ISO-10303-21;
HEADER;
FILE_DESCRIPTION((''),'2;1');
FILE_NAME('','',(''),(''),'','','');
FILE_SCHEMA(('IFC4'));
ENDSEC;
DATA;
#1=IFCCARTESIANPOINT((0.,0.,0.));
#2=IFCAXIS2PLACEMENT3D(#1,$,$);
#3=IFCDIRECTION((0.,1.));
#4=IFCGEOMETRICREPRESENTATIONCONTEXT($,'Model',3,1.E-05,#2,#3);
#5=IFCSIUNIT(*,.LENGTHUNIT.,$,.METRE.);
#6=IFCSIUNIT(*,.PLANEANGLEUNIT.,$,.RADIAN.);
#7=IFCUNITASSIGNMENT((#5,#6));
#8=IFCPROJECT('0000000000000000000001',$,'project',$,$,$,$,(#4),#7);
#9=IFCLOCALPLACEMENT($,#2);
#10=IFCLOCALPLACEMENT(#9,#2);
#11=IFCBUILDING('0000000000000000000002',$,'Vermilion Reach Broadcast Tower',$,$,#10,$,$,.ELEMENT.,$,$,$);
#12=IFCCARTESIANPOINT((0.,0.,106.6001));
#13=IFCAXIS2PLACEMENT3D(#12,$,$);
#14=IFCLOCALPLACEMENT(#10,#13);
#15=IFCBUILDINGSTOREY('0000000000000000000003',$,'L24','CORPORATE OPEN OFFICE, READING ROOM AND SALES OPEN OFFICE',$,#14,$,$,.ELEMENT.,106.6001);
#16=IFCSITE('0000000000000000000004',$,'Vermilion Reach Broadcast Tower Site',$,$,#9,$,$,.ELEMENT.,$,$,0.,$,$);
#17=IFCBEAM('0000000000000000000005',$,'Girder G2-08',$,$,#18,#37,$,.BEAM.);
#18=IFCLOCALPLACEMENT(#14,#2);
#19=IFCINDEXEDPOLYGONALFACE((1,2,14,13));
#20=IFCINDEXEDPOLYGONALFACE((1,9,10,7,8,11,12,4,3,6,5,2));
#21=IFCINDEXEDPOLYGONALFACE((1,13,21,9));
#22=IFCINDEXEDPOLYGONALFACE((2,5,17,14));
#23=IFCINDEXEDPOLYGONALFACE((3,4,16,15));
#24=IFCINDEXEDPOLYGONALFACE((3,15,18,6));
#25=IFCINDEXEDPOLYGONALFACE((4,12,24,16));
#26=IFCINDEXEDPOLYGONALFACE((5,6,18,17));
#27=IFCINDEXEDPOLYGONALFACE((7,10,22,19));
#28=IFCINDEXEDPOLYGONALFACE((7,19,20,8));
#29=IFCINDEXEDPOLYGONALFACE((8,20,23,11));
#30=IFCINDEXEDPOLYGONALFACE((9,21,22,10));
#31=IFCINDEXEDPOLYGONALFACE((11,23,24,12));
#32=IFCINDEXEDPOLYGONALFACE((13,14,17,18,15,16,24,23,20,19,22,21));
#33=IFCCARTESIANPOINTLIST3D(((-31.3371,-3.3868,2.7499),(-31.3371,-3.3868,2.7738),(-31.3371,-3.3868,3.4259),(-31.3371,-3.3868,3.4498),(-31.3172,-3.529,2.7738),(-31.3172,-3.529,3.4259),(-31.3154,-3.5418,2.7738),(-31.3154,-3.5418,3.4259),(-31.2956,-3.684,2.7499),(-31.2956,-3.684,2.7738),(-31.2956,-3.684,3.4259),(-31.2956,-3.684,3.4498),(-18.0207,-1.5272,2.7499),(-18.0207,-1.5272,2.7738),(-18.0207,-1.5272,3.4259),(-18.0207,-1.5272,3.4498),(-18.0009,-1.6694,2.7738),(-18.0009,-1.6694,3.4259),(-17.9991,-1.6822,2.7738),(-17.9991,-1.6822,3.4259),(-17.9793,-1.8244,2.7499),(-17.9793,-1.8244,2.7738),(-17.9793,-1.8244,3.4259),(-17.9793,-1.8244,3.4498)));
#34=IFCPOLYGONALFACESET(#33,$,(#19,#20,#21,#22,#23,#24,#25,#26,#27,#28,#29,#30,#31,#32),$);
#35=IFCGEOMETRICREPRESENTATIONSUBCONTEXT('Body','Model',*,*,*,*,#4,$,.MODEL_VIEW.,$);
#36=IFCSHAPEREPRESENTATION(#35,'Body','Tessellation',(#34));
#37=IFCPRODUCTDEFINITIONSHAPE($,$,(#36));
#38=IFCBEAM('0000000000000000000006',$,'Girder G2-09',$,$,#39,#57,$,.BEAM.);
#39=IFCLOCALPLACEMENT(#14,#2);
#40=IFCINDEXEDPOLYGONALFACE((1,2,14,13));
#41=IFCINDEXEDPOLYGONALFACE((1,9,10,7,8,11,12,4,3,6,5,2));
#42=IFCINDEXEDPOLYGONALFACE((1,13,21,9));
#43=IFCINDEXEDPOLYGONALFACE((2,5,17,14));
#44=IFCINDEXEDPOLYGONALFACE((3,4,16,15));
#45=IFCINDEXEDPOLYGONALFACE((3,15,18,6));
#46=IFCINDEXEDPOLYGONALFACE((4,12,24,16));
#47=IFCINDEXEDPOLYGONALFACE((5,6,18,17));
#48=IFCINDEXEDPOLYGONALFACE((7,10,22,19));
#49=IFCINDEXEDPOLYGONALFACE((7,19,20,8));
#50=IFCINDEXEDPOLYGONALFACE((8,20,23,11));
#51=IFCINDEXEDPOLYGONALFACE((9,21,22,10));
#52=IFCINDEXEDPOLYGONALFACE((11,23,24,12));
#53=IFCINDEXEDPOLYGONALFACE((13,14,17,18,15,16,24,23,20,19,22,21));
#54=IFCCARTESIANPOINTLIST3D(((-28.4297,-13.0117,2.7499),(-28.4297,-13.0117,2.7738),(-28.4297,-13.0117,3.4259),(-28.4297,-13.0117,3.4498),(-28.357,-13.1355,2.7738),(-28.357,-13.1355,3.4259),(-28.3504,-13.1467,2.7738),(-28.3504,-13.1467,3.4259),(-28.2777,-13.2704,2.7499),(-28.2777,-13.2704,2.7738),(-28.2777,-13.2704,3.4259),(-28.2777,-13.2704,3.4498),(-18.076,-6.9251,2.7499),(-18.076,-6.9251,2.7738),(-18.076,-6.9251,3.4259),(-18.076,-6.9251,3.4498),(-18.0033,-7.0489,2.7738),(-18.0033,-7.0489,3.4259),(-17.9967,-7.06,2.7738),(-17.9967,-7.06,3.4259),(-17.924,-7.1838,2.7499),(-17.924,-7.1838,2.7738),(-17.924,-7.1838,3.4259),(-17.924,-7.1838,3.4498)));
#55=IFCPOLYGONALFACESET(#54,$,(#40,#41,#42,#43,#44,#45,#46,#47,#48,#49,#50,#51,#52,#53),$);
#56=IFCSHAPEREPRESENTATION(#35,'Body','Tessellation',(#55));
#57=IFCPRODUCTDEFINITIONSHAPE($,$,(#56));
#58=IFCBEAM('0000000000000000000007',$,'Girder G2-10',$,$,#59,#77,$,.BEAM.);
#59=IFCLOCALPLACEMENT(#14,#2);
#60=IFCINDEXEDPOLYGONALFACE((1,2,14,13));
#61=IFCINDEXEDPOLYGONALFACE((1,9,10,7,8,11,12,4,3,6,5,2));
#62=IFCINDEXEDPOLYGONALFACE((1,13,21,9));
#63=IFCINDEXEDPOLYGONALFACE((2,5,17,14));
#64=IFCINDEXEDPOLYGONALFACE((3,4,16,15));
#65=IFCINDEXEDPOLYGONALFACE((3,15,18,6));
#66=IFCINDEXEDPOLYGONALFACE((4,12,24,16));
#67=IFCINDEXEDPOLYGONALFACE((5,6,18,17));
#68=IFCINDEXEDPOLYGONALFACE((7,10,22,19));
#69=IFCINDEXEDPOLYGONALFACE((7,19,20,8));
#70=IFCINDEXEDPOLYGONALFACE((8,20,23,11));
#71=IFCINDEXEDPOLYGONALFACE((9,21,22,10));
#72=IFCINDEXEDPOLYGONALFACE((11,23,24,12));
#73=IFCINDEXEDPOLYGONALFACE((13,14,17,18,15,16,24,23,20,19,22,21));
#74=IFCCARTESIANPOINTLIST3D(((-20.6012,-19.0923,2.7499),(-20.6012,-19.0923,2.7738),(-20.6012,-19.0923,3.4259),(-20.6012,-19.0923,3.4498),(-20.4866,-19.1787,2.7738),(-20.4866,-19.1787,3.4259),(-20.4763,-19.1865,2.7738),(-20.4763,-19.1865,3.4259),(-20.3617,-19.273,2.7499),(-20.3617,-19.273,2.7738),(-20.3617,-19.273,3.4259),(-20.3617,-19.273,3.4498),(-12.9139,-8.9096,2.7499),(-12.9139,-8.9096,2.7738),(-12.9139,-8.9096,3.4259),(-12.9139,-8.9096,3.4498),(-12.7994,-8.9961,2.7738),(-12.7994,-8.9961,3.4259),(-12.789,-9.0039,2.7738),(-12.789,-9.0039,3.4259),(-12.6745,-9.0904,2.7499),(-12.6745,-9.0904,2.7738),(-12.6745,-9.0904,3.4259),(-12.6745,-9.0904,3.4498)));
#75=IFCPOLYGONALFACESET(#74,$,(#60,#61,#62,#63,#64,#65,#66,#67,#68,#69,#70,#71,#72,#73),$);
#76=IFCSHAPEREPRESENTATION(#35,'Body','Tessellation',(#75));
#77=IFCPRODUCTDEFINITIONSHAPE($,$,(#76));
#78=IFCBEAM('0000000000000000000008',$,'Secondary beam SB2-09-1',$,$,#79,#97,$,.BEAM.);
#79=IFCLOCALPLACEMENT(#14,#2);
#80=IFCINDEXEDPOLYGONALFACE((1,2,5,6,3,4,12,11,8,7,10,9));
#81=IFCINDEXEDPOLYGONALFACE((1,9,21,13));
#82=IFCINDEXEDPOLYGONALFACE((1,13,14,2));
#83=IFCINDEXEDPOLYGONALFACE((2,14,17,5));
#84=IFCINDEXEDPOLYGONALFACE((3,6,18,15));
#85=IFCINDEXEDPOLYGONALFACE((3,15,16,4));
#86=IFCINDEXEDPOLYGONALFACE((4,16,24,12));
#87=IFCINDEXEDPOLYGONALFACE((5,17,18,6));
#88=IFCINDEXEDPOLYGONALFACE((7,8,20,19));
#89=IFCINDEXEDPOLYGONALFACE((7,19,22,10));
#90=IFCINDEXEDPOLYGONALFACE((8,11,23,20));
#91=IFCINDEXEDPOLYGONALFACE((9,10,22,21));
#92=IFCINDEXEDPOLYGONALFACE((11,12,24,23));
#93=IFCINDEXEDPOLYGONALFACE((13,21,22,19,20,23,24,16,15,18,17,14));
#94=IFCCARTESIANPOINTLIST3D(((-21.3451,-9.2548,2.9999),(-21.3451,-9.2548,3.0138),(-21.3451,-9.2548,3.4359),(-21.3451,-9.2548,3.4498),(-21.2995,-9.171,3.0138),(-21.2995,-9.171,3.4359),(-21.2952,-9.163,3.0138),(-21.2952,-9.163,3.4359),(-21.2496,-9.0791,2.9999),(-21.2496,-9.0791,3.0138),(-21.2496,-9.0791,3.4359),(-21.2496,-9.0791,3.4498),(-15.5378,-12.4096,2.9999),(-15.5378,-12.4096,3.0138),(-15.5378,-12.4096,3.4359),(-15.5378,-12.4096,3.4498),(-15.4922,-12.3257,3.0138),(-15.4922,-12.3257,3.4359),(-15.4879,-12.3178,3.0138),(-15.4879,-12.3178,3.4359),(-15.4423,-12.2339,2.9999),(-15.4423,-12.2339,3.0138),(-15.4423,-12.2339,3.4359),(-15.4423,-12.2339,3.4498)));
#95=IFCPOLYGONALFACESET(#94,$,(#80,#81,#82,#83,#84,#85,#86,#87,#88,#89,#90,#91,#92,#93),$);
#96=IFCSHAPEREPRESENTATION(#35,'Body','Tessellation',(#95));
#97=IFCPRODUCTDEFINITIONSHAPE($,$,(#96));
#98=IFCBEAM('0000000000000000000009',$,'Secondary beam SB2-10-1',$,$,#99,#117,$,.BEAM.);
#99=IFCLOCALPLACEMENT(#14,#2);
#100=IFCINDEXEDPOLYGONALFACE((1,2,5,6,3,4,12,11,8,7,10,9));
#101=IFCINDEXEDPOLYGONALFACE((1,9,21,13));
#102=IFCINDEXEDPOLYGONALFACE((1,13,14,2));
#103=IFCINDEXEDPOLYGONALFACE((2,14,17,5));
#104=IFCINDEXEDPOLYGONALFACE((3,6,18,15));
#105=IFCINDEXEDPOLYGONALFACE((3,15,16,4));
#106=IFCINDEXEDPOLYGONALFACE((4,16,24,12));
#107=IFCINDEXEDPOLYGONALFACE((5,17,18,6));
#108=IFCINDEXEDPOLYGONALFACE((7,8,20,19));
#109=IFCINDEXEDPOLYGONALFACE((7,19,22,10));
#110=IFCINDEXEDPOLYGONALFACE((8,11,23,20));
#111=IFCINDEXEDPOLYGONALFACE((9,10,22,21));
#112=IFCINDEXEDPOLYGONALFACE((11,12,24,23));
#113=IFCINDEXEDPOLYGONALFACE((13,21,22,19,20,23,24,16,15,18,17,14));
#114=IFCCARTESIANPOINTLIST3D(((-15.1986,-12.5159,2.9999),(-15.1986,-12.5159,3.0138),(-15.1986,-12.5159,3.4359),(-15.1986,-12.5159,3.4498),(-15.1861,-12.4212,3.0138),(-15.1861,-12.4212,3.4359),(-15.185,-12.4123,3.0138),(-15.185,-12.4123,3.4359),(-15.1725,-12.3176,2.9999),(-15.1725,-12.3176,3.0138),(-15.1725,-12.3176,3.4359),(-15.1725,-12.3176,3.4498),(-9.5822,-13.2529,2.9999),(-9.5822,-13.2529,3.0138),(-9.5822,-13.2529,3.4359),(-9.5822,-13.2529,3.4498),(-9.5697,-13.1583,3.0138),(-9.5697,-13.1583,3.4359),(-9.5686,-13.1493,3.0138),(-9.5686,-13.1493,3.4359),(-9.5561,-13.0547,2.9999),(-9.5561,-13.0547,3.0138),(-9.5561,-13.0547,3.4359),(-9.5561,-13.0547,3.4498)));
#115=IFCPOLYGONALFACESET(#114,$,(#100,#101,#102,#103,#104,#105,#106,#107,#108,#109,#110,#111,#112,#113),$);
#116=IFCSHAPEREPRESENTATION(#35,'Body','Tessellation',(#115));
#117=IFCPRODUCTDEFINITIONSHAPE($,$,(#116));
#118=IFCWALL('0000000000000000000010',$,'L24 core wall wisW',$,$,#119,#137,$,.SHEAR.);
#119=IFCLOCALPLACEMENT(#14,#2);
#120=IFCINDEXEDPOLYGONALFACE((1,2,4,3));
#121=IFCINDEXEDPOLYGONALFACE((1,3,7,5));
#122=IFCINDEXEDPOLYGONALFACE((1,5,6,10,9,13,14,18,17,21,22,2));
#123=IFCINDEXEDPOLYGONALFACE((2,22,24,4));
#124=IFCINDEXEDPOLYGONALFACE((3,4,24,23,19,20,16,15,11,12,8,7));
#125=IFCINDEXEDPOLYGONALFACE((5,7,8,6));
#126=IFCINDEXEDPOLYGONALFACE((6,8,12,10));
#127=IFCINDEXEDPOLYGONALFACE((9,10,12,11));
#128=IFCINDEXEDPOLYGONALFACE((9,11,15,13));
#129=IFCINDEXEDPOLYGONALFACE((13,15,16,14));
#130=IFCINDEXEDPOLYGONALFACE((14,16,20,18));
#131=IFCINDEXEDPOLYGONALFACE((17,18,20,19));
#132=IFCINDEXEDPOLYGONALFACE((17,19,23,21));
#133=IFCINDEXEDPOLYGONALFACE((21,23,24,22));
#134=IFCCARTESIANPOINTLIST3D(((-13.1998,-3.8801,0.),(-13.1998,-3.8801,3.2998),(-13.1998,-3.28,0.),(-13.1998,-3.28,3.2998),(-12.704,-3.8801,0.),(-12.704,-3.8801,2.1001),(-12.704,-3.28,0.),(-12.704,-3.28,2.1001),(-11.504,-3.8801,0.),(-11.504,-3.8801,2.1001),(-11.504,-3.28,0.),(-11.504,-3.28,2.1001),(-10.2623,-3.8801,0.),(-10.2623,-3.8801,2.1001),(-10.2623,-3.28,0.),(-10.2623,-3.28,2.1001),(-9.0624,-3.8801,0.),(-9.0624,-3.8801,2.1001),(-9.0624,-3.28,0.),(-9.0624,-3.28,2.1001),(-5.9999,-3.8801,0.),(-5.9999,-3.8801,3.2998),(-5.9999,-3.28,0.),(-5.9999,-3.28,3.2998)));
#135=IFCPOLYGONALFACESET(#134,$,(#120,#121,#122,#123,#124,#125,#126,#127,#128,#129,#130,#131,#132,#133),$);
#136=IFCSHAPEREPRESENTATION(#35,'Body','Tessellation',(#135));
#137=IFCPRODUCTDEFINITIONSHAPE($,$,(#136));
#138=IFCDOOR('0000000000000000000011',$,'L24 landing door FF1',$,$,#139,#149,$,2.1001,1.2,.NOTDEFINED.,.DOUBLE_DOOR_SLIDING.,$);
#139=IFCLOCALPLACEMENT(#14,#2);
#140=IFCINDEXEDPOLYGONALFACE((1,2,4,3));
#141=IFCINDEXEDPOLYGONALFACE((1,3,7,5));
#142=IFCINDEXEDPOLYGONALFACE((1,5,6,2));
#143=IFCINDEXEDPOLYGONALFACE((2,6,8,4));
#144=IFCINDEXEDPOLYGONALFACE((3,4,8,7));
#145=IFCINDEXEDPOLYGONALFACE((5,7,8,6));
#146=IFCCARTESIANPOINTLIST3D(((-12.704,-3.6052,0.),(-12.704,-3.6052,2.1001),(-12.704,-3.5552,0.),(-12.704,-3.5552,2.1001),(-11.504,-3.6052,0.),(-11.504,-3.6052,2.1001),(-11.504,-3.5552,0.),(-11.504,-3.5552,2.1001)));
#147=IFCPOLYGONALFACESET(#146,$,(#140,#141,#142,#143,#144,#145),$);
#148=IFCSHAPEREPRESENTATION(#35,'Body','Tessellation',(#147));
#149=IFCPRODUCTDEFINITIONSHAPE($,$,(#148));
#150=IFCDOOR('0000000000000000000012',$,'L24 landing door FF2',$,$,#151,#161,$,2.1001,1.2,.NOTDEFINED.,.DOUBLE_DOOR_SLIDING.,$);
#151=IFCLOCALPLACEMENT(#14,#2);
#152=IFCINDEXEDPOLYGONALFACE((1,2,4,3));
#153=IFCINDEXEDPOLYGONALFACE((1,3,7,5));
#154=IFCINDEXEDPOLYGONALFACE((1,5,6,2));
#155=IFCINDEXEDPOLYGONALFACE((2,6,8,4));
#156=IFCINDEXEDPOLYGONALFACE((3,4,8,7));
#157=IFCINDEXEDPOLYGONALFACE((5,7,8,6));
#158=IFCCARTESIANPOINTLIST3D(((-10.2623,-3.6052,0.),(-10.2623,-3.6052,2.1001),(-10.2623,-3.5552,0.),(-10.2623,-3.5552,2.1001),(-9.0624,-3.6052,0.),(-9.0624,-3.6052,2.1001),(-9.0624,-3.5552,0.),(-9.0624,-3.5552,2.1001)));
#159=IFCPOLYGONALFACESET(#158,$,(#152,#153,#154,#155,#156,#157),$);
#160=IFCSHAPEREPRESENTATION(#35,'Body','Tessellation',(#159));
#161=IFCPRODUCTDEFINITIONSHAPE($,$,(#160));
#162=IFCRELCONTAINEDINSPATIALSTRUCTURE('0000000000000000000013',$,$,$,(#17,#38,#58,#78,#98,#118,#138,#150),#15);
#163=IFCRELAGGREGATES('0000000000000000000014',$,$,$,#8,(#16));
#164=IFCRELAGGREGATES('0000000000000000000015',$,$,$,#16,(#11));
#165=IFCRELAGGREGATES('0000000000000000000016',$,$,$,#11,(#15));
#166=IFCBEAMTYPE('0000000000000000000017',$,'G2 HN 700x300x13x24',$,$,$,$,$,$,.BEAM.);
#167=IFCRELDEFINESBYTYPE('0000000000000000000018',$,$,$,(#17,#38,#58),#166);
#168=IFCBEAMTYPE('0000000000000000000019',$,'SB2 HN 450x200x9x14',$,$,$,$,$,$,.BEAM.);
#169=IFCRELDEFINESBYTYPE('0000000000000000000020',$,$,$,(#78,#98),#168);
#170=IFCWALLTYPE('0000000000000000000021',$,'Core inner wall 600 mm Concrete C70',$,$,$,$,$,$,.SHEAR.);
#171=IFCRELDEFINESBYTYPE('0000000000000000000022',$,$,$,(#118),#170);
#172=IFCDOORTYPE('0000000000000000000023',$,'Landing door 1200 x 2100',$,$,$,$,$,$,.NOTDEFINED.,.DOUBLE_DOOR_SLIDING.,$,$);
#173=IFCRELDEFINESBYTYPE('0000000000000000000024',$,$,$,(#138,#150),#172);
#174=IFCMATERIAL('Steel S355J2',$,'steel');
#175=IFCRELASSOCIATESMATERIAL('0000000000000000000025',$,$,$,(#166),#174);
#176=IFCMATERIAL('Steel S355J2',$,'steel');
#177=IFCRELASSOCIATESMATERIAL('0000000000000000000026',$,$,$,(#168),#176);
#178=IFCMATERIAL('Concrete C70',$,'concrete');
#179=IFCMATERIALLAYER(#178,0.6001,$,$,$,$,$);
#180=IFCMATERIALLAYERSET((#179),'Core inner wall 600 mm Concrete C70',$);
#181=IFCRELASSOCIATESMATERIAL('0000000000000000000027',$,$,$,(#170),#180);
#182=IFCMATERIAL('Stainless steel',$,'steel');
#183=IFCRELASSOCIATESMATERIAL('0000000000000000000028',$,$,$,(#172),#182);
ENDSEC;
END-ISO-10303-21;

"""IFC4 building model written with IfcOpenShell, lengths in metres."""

from ifc_helpers import new_model, si_unit, direction, frame, frame_2d, origin, origin_2d, place, context, subcontext, project, spatial, rectangle, i_section, extrude, material, layer, layer_set, material_profile, profile_set, type_object, element, fill, save


model = new_model("IFC4")

# Units and contexts
model_context = context("Model", 3, precision=1e-05, world=origin(), true_north=direction((0.0, 1.0)))
body_context = subcontext(model_context, "Body", "Model", "MODEL_VIEW")
ifc_project = project(units=[si_unit("LENGTHUNIT", "METRE"), si_unit("PLANEANGLEUNIT", "RADIAN")], contexts=[model_context])

# Site, building, storey
site_placement = place(None, origin())
site = spatial("IfcSite", under=ifc_project, at=site_placement, Name="Vermilion Reach Broadcast Tower Site", CompositionType="ELEMENT", RefElevation=0.0)
building_placement = place(site_placement, origin())
building = spatial("IfcBuilding", under=site, at=building_placement, Name="Vermilion Reach Broadcast Tower", CompositionType="ELEMENT")
storey_placement = place(building_placement, frame((0.0, 0.0, 106.6001)))
storey = spatial("IfcBuildingStorey", under=building, at=storey_placement, Name="L24", Description="CORPORATE OPEN OFFICE, READING ROOM AND SALES OPEN OFFICE", CompositionType="ELEMENT", Elevation=106.6001)

# Beams
ifc_material_1 = material(Name="Steel S355J2", Category="steel")
ifc_material_profile_1 = material_profile(ifc_material_1, i_section(OverallWidth=0.3, OverallDepth=0.7, WebThickness=0.0129, FlangeThickness=0.0239, at=origin_2d()), Name="S355J2 HN 700x300x13x24")
ifc_profile_set_1 = profile_set([ifc_material_profile_1], Name="Steel S355J2")
beam_type_1 = type_object("IfcBeamType", Name="G2 HN 700x300x13x24", PredefinedType="BEAM", material=ifc_profile_set_1)
beam_1_placement = place(storey_placement, frame((-18.0, -1.6758, 3.0999), z_axis=(-0.990389, -0.138307, 0.0), x_axis=(0.138307, -0.990389, 0.0)))
element("IfcBeam", 1, at=beam_1_placement, inside=storey, type_object=beam_type_1, Name="Girder G2-08", PredefinedType="BEAM", context=body_context, shape_type="SweptSolid", body=[
    extrude(i_section(OverallWidth=0.3, OverallDepth=0.7, WebThickness=0.0129, FlangeThickness=0.0239, at=origin_2d()), origin(), (0.0, 0.0, 1.0), 13.4456),
])
beam_2_placement = place(storey_placement, frame((-18.0, -7.0544, 3.0999), z_axis=(-0.862072, -0.506786, 0.0), x_axis=(0.506786, -0.862072, 0.0)))
element("IfcBeam", 2, at=beam_2_placement, inside=storey, type_object=beam_type_1, Name="Girder G2-09", PredefinedType="BEAM", context=body_context, shape_type="SweptSolid", body=[
    extrude(i_section(OverallWidth=0.3, OverallDepth=0.7, WebThickness=0.0129, FlangeThickness=0.0239, at=origin_2d()), origin(), (0.0, 0.0, 1.0), 12.0103),
])
beam_3_placement = place(storey_placement, frame((-12.7942, -9.0, 3.0999), z_axis=(-0.60252, -0.798104, 0.0), x_axis=(0.798104, -0.60252, 0.0)))
element("IfcBeam", 3, at=beam_3_placement, inside=storey, type_object=beam_type_1, Name="Girder G2-10", PredefinedType="BEAM", context=body_context, shape_type="SweptSolid", body=[
    extrude(i_section(OverallWidth=0.3, OverallDepth=0.7, WebThickness=0.0129, FlangeThickness=0.0239, at=origin_2d()), origin(), (0.0, 0.0, 1.0), 12.7585),
])
ifc_material_2 = material(Name="Steel S355J2", Category="steel")
ifc_material_profile_2 = material_profile(ifc_material_2, i_section(OverallWidth=0.2, OverallDepth=0.45, WebThickness=0.009, FlangeThickness=0.0139, at=origin_2d()), Name="S355J2 HN 450x200x9x14")
ifc_profile_set_2 = profile_set([ifc_material_profile_2], Name="Steel S355J2")
beam_type_2 = type_object("IfcBeamType", Name="SB2 HN 450x200x9x14", PredefinedType="BEAM", material=ifc_profile_set_2)
beam_4_placement = place(storey_placement, frame((-21.2974, -9.167, 3.2249), z_axis=(0.878713, -0.47735, 0.0), x_axis=(0.47735, 0.878713, 0.0)))
element("IfcBeam", 4, at=beam_4_placement, inside=storey, type_object=beam_type_2, Name="Secondary beam SB2-09-1", PredefinedType="BEAM", context=body_context, shape_type="SweptSolid", body=[
    extrude(i_section(OverallWidth=0.2, OverallDepth=0.45, WebThickness=0.009, FlangeThickness=0.0139, at=origin_2d()), origin(), (0.0, 0.0, 1.0), 6.6089),
])
beam_5_placement = place(storey_placement, frame((-15.1855, -12.4167, 3.2249), z_axis=(0.991499, -0.130117, 0.0), x_axis=(0.130117, 0.991499, 0.0)))
element("IfcBeam", 5, at=beam_5_placement, inside=storey, type_object=beam_type_2, Name="Secondary beam SB2-10-1", PredefinedType="BEAM", context=body_context, shape_type="SweptSolid", body=[
    extrude(i_section(OverallWidth=0.2, OverallDepth=0.45, WebThickness=0.009, FlangeThickness=0.0139, at=origin_2d()), origin(), (0.0, 0.0, 1.0), 5.6646),
])

# Wall, openings, doors
ifc_material_3 = material(Name="Concrete C70", Category="concrete")
ifc_layer_1 = layer(ifc_material_3, 0.6001)
ifc_layer_set_1 = layer_set([ifc_layer_1], Name="Core inner wall 600 mm Concrete C70")
wall_type_1 = type_object("IfcWallType", Name="Core inner wall 600 mm Concrete C70", PredefinedType="SHEAR", material=ifc_layer_set_1)
wall_1_placement = place(storey_placement, frame((-13.2, -3.5801, 0.0), z_axis=(0.0, 0.0, 1.0), x_axis=(1.0, 0.0, 0.0)))
wall_1 = element("IfcWall", 6, at=wall_1_placement, inside=storey, type_object=wall_type_1, Name="L24 core wall wisW", PredefinedType="SHEAR", context=body_context, shape_type="SweptSolid", body=[
    extrude(rectangle(XDim=7.2, YDim=0.6001, at=frame_2d((3.6001, 0.0))), origin(), (0.0, 0.0, 1.0), 3.2998),
])
opening_1_placement = place(wall_1_placement, frame((0.4958, 0.0, 0.0)))
opening_1 = element("IfcOpeningElement", 7, at=opening_1_placement, cuts=wall_1, PredefinedType="OPENING", context=body_context, shape_type="SweptSolid", body=[
    extrude(rectangle(XDim=1.2, YDim=2.1001, at=frame_2d((0.6001, 1.05))), frame((0.0, 0.3101, 0.0), z_axis=(0.0, -1.0, 0.0), x_axis=(1.0, 0.0, 0.0)), (0.0, 0.0, 1.0), 0.6201),
])
opening_2_placement = place(wall_1_placement, frame((2.9375, 0.0, 0.0)))
opening_2 = element("IfcOpeningElement", 8, at=opening_2_placement, cuts=wall_1, PredefinedType="OPENING", context=body_context, shape_type="SweptSolid", body=[
    extrude(rectangle(XDim=1.2, YDim=2.1001, at=frame_2d((0.6001, 1.05))), frame((0.0, 0.3101, 0.0), z_axis=(0.0, -1.0, 0.0), x_axis=(1.0, 0.0, 0.0)), (0.0, 0.0, 1.0), 0.6201),
])
ifc_material_4 = material(Name="Stainless steel", Category="steel")
door_type_1 = type_object("IfcDoorType", Name="Landing door 1200 x 2100", OperationType="DOUBLE_DOOR_SLIDING", PredefinedType="NOTDEFINED", material=ifc_material_4)
door_1_placement = place(opening_1_placement, origin())
door_1 = element("IfcDoor", 9, at=door_1_placement, inside=storey, type_object=door_type_1, Name="L24 landing door FF1", OperationType="DOUBLE_DOOR_SLIDING", OverallHeight=2.1001, OverallWidth=1.2, PredefinedType="NOTDEFINED", context=body_context, shape_type="SweptSolid", body=[
    extrude(rectangle(XDim=1.2, YDim=2.1001, at=frame_2d((0.6001, 1.05))), frame((0.0, 0.0249, 0.0), z_axis=(0.0, -1.0, 0.0), x_axis=(1.0, 0.0, 0.0)), (0.0, 0.0, 1.0), 0.05),
])
fill(opening_1, door_1)
door_2_placement = place(opening_2_placement, origin())
door_2 = element("IfcDoor", 10, at=door_2_placement, inside=storey, type_object=door_type_1, Name="L24 landing door FF2", OperationType="DOUBLE_DOOR_SLIDING", OverallHeight=2.1001, OverallWidth=1.2, PredefinedType="NOTDEFINED", context=body_context, shape_type="SweptSolid", body=[
    extrude(rectangle(XDim=1.2, YDim=2.1001, at=frame_2d((0.6001, 1.05))), frame((0.0, 0.0249, 0.0), z_axis=(0.0, -1.0, 0.0), x_axis=(1.0, 0.0, 0.0)), (0.0, 0.0, 1.0), 0.05),
])
fill(opening_2, door_2)

save(model, "model.ifc")
